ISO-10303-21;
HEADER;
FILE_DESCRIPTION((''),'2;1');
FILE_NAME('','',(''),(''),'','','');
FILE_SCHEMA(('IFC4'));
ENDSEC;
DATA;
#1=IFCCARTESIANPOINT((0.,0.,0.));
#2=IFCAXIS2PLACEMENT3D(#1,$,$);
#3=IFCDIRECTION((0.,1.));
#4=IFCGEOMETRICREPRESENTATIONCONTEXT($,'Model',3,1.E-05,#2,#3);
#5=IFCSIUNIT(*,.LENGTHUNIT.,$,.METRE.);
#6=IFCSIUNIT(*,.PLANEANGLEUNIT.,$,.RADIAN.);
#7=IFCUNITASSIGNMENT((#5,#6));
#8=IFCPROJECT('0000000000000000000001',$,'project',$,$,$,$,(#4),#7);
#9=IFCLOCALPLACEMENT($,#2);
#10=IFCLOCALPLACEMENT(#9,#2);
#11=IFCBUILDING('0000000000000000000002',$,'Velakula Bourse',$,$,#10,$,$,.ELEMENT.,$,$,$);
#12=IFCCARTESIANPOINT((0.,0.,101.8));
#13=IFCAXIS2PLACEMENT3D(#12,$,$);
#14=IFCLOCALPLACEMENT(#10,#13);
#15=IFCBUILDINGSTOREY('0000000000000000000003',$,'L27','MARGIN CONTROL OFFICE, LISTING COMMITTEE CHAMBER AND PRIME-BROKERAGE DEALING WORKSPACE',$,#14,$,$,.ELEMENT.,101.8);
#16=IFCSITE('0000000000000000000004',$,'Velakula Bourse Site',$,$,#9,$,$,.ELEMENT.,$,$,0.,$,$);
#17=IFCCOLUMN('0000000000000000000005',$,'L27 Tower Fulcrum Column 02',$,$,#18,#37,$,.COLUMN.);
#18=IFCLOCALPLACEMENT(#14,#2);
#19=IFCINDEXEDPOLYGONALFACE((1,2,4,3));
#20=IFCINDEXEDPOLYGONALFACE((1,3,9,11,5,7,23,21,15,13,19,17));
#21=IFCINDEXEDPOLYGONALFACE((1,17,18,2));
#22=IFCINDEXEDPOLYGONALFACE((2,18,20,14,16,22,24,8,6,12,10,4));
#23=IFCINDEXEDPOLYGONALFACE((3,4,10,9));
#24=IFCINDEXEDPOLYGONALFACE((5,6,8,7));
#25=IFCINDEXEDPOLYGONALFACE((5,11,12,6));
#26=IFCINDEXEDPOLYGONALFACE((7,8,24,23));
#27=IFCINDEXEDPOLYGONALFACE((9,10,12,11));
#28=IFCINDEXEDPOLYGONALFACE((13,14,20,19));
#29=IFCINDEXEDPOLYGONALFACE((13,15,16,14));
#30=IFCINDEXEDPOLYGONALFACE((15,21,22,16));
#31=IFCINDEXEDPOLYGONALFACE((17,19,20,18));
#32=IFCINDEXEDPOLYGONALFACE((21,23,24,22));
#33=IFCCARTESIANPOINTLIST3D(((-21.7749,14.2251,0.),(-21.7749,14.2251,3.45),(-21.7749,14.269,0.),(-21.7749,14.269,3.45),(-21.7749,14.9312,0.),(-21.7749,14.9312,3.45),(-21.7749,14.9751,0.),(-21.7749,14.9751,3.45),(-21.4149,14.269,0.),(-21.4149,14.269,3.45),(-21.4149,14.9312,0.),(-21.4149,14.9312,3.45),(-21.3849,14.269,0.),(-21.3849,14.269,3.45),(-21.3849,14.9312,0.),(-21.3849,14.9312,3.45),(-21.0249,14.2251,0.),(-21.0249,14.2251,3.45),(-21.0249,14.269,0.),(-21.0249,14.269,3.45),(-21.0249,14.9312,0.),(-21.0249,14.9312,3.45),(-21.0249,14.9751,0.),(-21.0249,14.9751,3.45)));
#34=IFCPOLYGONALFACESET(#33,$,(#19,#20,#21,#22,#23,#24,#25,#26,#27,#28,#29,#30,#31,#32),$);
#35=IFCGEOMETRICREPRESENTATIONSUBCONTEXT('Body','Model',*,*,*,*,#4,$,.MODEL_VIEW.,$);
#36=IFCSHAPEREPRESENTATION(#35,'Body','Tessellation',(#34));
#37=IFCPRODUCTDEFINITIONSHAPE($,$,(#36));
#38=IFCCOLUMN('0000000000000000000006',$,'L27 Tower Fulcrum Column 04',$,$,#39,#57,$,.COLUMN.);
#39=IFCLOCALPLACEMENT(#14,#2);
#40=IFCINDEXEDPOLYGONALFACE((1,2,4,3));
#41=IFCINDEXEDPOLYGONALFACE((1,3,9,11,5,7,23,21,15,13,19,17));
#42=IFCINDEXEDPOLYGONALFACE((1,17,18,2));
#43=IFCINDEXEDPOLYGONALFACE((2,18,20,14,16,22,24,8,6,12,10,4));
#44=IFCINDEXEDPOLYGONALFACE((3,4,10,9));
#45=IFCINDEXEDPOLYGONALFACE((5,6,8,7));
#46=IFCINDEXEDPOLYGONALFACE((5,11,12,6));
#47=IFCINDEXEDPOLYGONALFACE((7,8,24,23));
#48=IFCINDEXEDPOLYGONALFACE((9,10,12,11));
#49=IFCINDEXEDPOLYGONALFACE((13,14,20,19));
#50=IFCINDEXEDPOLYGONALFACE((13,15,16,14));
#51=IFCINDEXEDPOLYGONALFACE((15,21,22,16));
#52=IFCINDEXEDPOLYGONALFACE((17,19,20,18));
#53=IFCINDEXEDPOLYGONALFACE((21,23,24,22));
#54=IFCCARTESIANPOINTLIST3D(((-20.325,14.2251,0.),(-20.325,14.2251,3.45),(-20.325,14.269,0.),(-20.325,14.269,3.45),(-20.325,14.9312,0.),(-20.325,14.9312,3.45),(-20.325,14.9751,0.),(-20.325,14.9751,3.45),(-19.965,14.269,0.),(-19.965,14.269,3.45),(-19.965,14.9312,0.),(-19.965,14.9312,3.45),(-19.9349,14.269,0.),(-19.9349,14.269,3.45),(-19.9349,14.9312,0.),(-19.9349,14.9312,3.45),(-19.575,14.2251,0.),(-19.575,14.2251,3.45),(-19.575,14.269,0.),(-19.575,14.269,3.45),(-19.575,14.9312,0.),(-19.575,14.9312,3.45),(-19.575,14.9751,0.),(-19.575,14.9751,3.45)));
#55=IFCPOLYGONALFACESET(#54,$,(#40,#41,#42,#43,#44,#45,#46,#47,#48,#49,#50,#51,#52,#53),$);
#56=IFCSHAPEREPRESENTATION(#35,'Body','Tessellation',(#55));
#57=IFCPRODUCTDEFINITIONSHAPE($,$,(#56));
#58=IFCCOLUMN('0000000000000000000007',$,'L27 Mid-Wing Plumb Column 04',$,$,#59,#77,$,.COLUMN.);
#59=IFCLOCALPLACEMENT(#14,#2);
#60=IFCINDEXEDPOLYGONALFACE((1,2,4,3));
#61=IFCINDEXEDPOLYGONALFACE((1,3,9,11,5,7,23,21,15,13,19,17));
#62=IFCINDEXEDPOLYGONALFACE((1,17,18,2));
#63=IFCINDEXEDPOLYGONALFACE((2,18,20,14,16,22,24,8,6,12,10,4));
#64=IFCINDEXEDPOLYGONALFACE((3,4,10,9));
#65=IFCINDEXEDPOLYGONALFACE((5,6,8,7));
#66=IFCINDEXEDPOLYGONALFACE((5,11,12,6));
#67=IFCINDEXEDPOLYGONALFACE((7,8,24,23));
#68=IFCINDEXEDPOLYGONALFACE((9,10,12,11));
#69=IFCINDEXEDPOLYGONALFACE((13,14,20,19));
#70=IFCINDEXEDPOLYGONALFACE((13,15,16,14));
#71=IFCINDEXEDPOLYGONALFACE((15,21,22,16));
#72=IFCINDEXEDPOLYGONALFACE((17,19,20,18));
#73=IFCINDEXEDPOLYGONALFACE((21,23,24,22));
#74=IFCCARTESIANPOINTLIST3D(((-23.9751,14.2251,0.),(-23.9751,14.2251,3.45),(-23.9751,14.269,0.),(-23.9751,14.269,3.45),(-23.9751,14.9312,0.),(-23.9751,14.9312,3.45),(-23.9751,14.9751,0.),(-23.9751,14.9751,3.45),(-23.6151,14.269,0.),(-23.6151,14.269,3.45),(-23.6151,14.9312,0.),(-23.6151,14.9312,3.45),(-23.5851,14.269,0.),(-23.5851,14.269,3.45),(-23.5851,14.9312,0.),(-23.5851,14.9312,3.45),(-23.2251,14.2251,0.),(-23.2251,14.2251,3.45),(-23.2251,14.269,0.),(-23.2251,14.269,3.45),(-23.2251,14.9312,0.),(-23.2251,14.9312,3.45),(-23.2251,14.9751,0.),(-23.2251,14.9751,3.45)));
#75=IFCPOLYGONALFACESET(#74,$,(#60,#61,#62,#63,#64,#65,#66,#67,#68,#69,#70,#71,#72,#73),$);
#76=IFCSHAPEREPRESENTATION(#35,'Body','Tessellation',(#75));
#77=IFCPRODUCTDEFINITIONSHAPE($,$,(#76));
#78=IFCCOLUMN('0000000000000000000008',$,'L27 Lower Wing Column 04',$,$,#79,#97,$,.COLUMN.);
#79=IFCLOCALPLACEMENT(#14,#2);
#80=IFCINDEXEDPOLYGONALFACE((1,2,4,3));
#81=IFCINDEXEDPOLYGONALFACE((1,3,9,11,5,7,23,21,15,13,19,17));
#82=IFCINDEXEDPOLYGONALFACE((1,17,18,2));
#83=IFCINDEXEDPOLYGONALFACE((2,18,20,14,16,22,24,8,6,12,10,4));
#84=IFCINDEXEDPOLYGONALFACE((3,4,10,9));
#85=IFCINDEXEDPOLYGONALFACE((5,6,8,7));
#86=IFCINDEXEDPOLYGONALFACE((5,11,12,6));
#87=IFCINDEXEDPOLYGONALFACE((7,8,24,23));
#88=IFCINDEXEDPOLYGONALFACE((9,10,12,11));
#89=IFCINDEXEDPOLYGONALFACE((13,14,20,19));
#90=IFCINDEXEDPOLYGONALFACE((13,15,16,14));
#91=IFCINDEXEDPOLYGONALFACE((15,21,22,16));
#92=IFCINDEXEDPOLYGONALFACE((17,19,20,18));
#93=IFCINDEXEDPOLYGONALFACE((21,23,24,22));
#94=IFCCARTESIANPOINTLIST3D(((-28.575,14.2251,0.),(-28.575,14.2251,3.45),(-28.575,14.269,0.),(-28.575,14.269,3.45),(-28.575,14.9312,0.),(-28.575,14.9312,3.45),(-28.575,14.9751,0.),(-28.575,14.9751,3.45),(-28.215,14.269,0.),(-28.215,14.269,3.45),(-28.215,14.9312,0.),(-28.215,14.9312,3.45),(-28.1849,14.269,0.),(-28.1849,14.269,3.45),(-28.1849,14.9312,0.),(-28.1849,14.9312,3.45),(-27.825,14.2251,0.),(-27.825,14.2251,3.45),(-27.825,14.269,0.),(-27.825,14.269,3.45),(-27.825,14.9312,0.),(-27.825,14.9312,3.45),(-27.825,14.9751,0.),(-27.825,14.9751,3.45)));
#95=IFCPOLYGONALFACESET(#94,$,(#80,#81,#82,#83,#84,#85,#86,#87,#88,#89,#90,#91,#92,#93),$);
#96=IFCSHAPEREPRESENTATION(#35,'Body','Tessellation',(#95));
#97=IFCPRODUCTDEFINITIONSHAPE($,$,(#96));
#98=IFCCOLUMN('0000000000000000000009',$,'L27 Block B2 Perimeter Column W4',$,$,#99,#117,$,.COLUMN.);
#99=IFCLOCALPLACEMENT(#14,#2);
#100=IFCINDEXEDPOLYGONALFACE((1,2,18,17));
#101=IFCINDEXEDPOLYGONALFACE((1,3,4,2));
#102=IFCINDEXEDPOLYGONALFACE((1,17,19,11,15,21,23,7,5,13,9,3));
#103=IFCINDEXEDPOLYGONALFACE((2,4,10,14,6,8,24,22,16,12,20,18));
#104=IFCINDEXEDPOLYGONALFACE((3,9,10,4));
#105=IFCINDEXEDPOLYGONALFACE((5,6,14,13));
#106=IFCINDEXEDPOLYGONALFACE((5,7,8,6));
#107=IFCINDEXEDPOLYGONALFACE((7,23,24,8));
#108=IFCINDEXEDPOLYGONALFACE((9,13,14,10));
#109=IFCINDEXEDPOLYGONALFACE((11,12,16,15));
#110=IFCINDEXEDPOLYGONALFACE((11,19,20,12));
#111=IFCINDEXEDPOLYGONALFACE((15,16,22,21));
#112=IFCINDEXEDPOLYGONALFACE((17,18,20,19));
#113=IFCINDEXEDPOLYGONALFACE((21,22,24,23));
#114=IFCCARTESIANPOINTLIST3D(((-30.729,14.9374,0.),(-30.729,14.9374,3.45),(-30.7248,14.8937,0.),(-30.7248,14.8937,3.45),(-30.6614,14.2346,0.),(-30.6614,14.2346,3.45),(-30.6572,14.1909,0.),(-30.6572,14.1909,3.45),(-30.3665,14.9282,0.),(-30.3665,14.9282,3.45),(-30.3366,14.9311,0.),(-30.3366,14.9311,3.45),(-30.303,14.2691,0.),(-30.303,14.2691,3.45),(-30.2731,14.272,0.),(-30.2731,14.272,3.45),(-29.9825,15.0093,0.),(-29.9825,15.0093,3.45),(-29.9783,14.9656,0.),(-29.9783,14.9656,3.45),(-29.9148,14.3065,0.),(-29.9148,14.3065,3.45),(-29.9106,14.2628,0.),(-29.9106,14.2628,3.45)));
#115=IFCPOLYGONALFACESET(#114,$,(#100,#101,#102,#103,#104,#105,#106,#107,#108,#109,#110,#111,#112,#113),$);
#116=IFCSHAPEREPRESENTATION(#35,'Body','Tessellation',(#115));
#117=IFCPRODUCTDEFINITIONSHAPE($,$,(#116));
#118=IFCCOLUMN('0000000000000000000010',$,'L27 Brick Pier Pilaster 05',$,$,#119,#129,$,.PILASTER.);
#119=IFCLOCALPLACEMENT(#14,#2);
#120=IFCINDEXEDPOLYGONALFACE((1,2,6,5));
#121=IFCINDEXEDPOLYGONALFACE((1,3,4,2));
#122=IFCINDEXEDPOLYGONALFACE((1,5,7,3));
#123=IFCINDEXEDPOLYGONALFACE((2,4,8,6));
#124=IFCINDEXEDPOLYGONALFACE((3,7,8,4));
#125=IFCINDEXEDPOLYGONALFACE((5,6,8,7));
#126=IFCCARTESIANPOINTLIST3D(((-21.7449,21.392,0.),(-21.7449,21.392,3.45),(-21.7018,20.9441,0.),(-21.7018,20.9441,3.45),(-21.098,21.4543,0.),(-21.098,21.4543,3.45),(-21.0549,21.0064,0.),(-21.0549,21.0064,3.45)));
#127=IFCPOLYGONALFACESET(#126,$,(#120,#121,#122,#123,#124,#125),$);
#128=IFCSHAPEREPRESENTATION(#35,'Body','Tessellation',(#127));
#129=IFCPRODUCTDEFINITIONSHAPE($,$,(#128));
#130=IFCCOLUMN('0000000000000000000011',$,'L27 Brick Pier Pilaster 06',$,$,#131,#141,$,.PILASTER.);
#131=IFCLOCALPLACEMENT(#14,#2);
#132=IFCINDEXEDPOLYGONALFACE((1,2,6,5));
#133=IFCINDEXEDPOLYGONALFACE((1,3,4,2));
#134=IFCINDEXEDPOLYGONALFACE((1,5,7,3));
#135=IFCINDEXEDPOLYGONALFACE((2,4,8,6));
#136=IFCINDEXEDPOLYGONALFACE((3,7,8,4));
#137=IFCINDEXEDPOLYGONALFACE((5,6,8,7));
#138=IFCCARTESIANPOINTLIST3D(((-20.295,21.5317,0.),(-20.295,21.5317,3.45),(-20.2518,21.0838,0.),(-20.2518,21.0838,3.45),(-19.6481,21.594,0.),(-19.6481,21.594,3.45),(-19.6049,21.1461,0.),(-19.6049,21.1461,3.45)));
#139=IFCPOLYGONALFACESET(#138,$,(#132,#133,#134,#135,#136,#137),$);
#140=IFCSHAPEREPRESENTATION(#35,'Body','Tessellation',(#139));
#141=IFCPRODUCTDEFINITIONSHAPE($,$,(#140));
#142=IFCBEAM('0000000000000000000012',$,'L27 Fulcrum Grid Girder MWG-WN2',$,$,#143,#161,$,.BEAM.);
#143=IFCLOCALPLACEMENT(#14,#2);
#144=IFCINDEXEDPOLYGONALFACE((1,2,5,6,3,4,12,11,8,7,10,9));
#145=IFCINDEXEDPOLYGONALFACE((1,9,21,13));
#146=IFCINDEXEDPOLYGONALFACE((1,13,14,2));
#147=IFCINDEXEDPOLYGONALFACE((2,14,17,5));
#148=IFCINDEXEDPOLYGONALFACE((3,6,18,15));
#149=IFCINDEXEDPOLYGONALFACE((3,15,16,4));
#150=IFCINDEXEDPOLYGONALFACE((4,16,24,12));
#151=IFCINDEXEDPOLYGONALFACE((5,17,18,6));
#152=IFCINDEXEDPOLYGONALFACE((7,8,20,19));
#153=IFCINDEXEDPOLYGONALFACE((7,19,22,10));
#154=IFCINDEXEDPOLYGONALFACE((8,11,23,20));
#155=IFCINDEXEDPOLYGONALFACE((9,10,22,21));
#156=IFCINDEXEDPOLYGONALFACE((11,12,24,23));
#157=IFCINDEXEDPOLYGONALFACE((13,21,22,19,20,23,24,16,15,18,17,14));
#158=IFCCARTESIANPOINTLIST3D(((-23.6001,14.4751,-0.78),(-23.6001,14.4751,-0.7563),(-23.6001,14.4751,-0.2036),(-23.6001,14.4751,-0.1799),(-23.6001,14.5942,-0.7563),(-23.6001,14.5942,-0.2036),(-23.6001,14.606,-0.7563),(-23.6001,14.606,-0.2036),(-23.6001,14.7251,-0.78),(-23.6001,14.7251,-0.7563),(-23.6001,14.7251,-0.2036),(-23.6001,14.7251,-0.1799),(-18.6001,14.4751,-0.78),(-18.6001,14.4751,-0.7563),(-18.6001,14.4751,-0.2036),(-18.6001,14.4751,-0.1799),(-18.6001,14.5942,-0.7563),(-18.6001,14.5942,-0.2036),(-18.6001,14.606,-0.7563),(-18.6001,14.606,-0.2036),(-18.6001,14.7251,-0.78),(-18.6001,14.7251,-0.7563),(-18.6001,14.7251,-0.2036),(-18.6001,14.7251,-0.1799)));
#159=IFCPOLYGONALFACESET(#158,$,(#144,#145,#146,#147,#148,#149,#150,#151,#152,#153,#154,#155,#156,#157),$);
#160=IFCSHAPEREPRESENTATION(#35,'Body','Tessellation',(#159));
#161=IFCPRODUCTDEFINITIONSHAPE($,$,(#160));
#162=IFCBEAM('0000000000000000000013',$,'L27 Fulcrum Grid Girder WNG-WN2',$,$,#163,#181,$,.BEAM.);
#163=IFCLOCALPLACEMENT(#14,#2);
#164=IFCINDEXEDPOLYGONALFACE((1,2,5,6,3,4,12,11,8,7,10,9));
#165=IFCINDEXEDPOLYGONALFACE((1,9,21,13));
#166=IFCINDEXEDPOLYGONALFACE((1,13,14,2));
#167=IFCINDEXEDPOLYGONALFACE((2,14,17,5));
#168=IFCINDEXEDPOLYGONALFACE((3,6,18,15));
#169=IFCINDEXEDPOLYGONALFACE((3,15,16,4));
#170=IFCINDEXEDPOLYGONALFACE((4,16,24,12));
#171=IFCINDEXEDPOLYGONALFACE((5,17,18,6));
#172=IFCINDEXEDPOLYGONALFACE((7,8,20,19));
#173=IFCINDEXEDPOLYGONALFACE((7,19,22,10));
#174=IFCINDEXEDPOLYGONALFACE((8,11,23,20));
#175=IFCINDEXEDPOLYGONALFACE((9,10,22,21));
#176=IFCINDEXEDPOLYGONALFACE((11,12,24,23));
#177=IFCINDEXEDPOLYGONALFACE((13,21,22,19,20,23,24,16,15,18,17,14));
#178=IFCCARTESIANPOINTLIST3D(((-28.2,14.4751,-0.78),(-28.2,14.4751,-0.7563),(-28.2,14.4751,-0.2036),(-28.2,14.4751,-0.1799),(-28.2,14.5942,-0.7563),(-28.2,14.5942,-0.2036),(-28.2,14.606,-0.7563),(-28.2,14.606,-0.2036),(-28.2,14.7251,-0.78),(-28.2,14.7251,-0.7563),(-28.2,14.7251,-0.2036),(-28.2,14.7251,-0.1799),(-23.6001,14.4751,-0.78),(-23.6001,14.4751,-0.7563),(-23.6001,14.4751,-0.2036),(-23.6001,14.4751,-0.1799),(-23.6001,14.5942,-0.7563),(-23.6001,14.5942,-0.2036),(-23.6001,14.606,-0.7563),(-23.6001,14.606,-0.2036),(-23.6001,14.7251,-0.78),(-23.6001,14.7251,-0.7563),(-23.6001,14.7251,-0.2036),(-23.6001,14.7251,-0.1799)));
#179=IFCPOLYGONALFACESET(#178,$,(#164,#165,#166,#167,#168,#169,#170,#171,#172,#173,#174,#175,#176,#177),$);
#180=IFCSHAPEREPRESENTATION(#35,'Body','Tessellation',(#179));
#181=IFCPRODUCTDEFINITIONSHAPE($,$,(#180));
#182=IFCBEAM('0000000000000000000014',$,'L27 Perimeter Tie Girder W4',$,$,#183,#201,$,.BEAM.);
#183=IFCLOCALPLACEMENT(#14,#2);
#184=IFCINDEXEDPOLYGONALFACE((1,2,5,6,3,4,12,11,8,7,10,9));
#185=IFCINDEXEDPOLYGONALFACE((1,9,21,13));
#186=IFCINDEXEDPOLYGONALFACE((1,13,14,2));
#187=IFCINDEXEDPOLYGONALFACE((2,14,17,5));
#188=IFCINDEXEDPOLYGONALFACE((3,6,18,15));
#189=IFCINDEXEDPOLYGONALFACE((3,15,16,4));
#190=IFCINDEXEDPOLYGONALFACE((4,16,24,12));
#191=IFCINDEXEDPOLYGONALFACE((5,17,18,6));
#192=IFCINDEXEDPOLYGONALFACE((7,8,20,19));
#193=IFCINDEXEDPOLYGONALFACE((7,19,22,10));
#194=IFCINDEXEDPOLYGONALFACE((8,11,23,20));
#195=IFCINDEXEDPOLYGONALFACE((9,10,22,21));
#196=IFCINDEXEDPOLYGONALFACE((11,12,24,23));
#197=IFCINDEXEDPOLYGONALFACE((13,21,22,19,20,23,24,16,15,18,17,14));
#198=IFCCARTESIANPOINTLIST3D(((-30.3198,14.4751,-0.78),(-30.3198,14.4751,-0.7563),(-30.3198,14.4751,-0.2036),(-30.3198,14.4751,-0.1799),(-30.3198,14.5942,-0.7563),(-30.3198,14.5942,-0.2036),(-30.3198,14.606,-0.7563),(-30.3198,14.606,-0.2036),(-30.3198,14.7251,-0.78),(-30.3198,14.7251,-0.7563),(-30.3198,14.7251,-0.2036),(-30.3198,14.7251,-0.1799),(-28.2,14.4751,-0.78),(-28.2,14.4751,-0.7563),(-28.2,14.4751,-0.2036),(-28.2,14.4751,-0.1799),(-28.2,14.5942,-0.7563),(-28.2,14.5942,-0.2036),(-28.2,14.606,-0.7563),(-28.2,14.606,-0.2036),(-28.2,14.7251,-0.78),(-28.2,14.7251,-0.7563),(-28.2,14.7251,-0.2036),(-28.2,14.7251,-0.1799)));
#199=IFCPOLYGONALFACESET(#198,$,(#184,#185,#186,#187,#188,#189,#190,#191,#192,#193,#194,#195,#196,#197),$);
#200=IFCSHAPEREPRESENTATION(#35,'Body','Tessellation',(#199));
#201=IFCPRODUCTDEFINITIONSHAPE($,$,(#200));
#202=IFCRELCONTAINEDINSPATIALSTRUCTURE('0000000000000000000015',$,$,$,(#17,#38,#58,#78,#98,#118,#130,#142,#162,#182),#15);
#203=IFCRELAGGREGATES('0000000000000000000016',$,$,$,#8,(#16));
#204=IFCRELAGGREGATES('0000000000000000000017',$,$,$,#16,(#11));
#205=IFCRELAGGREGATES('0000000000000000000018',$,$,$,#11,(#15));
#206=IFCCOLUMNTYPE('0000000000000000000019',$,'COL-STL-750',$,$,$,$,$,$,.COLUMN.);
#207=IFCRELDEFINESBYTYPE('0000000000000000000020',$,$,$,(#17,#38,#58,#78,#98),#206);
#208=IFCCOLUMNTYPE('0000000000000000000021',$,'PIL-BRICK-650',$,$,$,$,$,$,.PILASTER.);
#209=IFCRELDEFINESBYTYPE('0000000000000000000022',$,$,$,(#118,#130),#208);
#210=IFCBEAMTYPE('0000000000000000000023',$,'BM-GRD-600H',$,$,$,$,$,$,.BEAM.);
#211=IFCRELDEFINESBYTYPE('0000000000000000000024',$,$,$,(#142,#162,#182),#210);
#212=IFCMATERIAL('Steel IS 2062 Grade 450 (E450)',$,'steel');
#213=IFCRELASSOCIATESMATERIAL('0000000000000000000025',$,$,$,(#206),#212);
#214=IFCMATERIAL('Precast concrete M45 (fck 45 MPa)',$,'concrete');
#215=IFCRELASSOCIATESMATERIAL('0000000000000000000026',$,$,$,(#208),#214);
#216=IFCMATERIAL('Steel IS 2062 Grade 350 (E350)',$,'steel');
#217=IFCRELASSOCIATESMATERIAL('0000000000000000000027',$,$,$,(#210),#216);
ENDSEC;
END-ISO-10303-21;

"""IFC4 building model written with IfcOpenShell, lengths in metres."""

from ifc_helpers import new_model, si_unit, direction, frame, origin, origin_2d, place, context, subcontext, project, spatial, rectangle, i_section, extrude, material, material_profile, profile_set, type_object, element, save


model = new_model("IFC4")

# Units and contexts
model_context = context("Model", 3, precision=1e-05, world=origin(), true_north=direction((0.0, 1.0)))
body_context = subcontext(model_context, "Body", "Model", "MODEL_VIEW")
ifc_project = project(units=[si_unit("LENGTHUNIT", "METRE"), si_unit("PLANEANGLEUNIT", "RADIAN")], contexts=[model_context])

# Site, building, storey
site_placement = place(None, origin())
site = spatial("IfcSite", under=ifc_project, at=site_placement, Name="Velakula Bourse Site", CompositionType="ELEMENT", RefElevation=0.0)
building_placement = place(site_placement, origin())
building = spatial("IfcBuilding", under=site, at=building_placement, Name="Velakula Bourse", CompositionType="ELEMENT")
storey_placement = place(building_placement, frame((0.0, 0.0, 101.8)))
storey = spatial("IfcBuildingStorey", under=building, at=storey_placement, Name="L27", Description="MARGIN CONTROL OFFICE, LISTING COMMITTEE CHAMBER AND PRIME-BROKERAGE DEALING WORKSPACE", CompositionType="ELEMENT", Elevation=101.8)

# Columns
ifc_material_1 = material(Name="Steel IS 2062 Grade 450 (E450)", Category="steel")
ifc_material_profile_1 = material_profile(ifc_material_1, i_section(OverallWidth=0.75, OverallDepth=0.75, WebThickness=0.03, FlangeThickness=0.0439, at=origin_2d()), Name="Steel IS 2062 Grade 450 (E450)")
ifc_profile_set_1 = profile_set([ifc_material_profile_1], Name="Steel IS 2062 Grade 450 (E450)")
column_type_1 = type_object("IfcColumnType", Name="COL-STL-750", PredefinedType="COLUMN", material=ifc_profile_set_1)
for number, where, z_axis, x_axis, name in (
    (1, (-21.3999, 14.6001, 0.0), (0.0, 0.0, 1.0), (1.0, 0.0, 0.0), "L27 Tower Fulcrum Column 02"),
    (2, (-19.95, 14.6001, 0.0), (0.0, 0.0, 1.0), (1.0, 0.0, 0.0), "L27 Tower Fulcrum Column 04"),
    (3, (-23.6001, 14.6001, 0.0), (0.0, 0.0, 1.0), (1.0, 0.0, 0.0), "L27 Mid-Wing Plumb Column 04"),
    (4, (-28.2, 14.6001, 0.0), (0.0, 0.0, 1.0), (1.0, 0.0, 0.0), "L27 Lower Wing Column 04"),
    (5, (-30.3198, 14.6001, 0.0), (0.0, 0.0, 1.0), (0.995396, 0.095846, 0.0), "L27 Block B2 Perimeter Column W4"),
):
    element("IfcColumn", number, at=place(storey_placement, frame(where, z_axis=z_axis, x_axis=x_axis)), inside=storey, type_object=column_type_1, Name=name, PredefinedType="COLUMN", context=body_context, shape_type="SweptSolid", body=[
        extrude(i_section(OverallWidth=0.75, OverallDepth=0.75, WebThickness=0.03, FlangeThickness=0.0439, at=origin_2d()), origin(), (0.0, 0.0, 1.0), 3.45),
    ])
ifc_material_2 = material(Name="Precast concrete M45 (fck 45 MPa)", Category="concrete")
ifc_material_profile_2 = material_profile(ifc_material_2, rectangle(XDim=0.6499, YDim=0.45, at=origin_2d()), Name="Precast concrete M45 (fck 45 MPa)")
ifc_profile_set_2 = profile_set([ifc_material_profile_2], Name="Precast concrete M45 (fck 45 MPa)")
column_type_2 = type_object("IfcColumnType", Name="PIL-BRICK-650", PredefinedType="PILASTER", material=ifc_profile_set_2)
for number, where, z_axis, x_axis, name in (
    (6, (-21.3999, 21.1992, 0.0), (0.0, 0.0, 1.0), (0.995396, 0.095846, 0.0), "L27 Brick Pier Pilaster 05"),
    (7, (-19.95, 21.3389, 0.0), (0.0, 0.0, 1.0), (0.995396, 0.095846, 0.0), "L27 Brick Pier Pilaster 06"),
):
    element("IfcColumn", number, at=place(storey_placement, frame(where, z_axis=z_axis, x_axis=x_axis)), inside=storey, type_object=column_type_2, Name=name, PredefinedType="PILASTER", context=body_context, shape_type="SweptSolid", body=[
        extrude(rectangle(XDim=0.6499, YDim=0.45, at=origin_2d()), origin(), (0.0, 0.0, 1.0), 3.45),
    ])

# Beams
ifc_material_3 = material(Name="Steel IS 2062 Grade 350 (E350)", Category="steel")
ifc_material_profile_3 = material_profile(ifc_material_3, i_section(OverallWidth=0.25, OverallDepth=0.6001, WebThickness=0.0117, FlangeThickness=0.0237, at=origin_2d()), Name="Steel IS 2062 Grade 350 (E350)")
ifc_profile_set_3 = profile_set([ifc_material_profile_3], Name="Steel IS 2062 Grade 350 (E350)")
beam_type_1 = type_object("IfcBeamType", Name="BM-GRD-600H", PredefinedType="BEAM", material=ifc_profile_set_3)
beam_1_placement = place(storey_placement, frame((-23.6001, 14.6001, -0.48), z_axis=(1.0, 0.0, 0.0), x_axis=(0.0, 1.0, 0.0)))
element("IfcBeam", 8, at=beam_1_placement, inside=storey, type_object=beam_type_1, Name="L27 Fulcrum Grid Girder MWG-WN2", PredefinedType="BEAM", context=body_context, shape_type="SweptSolid", body=[
    extrude(i_section(OverallWidth=0.25, OverallDepth=0.6001, WebThickness=0.0117, FlangeThickness=0.0237, at=origin_2d()), origin(), (0.0, 0.0, 1.0), 5.0),
])
beam_2_placement = place(storey_placement, frame((-28.2, 14.6001, -0.48), z_axis=(1.0, 0.0, 0.0), x_axis=(0.0, 1.0, 0.0)))
element("IfcBeam", 9, at=beam_2_placement, inside=storey, type_object=beam_type_1, Name="L27 Fulcrum Grid Girder WNG-WN2", PredefinedType="BEAM", context=body_context, shape_type="SweptSolid", body=[
    extrude(i_section(OverallWidth=0.25, OverallDepth=0.6001, WebThickness=0.0117, FlangeThickness=0.0237, at=origin_2d()), origin(), (0.0, 0.0, 1.0), 4.5999),
])
beam_3_placement = place(storey_placement, frame((-28.2, 14.6001, -0.48), z_axis=(-1.0, 0.0, 0.0), x_axis=(0.0, -1.0, 0.0)))
element("IfcBeam", 10, at=beam_3_placement, inside=storey, type_object=beam_type_1, Name="L27 Perimeter Tie Girder W4", PredefinedType="BEAM", context=body_context, shape_type="SweptSolid", body=[
    extrude(i_section(OverallWidth=0.25, OverallDepth=0.6001, WebThickness=0.0117, FlangeThickness=0.0237, at=origin_2d()), origin(), (0.0, 0.0, 1.0), 2.1199),
])

save(model, "model.ifc")
